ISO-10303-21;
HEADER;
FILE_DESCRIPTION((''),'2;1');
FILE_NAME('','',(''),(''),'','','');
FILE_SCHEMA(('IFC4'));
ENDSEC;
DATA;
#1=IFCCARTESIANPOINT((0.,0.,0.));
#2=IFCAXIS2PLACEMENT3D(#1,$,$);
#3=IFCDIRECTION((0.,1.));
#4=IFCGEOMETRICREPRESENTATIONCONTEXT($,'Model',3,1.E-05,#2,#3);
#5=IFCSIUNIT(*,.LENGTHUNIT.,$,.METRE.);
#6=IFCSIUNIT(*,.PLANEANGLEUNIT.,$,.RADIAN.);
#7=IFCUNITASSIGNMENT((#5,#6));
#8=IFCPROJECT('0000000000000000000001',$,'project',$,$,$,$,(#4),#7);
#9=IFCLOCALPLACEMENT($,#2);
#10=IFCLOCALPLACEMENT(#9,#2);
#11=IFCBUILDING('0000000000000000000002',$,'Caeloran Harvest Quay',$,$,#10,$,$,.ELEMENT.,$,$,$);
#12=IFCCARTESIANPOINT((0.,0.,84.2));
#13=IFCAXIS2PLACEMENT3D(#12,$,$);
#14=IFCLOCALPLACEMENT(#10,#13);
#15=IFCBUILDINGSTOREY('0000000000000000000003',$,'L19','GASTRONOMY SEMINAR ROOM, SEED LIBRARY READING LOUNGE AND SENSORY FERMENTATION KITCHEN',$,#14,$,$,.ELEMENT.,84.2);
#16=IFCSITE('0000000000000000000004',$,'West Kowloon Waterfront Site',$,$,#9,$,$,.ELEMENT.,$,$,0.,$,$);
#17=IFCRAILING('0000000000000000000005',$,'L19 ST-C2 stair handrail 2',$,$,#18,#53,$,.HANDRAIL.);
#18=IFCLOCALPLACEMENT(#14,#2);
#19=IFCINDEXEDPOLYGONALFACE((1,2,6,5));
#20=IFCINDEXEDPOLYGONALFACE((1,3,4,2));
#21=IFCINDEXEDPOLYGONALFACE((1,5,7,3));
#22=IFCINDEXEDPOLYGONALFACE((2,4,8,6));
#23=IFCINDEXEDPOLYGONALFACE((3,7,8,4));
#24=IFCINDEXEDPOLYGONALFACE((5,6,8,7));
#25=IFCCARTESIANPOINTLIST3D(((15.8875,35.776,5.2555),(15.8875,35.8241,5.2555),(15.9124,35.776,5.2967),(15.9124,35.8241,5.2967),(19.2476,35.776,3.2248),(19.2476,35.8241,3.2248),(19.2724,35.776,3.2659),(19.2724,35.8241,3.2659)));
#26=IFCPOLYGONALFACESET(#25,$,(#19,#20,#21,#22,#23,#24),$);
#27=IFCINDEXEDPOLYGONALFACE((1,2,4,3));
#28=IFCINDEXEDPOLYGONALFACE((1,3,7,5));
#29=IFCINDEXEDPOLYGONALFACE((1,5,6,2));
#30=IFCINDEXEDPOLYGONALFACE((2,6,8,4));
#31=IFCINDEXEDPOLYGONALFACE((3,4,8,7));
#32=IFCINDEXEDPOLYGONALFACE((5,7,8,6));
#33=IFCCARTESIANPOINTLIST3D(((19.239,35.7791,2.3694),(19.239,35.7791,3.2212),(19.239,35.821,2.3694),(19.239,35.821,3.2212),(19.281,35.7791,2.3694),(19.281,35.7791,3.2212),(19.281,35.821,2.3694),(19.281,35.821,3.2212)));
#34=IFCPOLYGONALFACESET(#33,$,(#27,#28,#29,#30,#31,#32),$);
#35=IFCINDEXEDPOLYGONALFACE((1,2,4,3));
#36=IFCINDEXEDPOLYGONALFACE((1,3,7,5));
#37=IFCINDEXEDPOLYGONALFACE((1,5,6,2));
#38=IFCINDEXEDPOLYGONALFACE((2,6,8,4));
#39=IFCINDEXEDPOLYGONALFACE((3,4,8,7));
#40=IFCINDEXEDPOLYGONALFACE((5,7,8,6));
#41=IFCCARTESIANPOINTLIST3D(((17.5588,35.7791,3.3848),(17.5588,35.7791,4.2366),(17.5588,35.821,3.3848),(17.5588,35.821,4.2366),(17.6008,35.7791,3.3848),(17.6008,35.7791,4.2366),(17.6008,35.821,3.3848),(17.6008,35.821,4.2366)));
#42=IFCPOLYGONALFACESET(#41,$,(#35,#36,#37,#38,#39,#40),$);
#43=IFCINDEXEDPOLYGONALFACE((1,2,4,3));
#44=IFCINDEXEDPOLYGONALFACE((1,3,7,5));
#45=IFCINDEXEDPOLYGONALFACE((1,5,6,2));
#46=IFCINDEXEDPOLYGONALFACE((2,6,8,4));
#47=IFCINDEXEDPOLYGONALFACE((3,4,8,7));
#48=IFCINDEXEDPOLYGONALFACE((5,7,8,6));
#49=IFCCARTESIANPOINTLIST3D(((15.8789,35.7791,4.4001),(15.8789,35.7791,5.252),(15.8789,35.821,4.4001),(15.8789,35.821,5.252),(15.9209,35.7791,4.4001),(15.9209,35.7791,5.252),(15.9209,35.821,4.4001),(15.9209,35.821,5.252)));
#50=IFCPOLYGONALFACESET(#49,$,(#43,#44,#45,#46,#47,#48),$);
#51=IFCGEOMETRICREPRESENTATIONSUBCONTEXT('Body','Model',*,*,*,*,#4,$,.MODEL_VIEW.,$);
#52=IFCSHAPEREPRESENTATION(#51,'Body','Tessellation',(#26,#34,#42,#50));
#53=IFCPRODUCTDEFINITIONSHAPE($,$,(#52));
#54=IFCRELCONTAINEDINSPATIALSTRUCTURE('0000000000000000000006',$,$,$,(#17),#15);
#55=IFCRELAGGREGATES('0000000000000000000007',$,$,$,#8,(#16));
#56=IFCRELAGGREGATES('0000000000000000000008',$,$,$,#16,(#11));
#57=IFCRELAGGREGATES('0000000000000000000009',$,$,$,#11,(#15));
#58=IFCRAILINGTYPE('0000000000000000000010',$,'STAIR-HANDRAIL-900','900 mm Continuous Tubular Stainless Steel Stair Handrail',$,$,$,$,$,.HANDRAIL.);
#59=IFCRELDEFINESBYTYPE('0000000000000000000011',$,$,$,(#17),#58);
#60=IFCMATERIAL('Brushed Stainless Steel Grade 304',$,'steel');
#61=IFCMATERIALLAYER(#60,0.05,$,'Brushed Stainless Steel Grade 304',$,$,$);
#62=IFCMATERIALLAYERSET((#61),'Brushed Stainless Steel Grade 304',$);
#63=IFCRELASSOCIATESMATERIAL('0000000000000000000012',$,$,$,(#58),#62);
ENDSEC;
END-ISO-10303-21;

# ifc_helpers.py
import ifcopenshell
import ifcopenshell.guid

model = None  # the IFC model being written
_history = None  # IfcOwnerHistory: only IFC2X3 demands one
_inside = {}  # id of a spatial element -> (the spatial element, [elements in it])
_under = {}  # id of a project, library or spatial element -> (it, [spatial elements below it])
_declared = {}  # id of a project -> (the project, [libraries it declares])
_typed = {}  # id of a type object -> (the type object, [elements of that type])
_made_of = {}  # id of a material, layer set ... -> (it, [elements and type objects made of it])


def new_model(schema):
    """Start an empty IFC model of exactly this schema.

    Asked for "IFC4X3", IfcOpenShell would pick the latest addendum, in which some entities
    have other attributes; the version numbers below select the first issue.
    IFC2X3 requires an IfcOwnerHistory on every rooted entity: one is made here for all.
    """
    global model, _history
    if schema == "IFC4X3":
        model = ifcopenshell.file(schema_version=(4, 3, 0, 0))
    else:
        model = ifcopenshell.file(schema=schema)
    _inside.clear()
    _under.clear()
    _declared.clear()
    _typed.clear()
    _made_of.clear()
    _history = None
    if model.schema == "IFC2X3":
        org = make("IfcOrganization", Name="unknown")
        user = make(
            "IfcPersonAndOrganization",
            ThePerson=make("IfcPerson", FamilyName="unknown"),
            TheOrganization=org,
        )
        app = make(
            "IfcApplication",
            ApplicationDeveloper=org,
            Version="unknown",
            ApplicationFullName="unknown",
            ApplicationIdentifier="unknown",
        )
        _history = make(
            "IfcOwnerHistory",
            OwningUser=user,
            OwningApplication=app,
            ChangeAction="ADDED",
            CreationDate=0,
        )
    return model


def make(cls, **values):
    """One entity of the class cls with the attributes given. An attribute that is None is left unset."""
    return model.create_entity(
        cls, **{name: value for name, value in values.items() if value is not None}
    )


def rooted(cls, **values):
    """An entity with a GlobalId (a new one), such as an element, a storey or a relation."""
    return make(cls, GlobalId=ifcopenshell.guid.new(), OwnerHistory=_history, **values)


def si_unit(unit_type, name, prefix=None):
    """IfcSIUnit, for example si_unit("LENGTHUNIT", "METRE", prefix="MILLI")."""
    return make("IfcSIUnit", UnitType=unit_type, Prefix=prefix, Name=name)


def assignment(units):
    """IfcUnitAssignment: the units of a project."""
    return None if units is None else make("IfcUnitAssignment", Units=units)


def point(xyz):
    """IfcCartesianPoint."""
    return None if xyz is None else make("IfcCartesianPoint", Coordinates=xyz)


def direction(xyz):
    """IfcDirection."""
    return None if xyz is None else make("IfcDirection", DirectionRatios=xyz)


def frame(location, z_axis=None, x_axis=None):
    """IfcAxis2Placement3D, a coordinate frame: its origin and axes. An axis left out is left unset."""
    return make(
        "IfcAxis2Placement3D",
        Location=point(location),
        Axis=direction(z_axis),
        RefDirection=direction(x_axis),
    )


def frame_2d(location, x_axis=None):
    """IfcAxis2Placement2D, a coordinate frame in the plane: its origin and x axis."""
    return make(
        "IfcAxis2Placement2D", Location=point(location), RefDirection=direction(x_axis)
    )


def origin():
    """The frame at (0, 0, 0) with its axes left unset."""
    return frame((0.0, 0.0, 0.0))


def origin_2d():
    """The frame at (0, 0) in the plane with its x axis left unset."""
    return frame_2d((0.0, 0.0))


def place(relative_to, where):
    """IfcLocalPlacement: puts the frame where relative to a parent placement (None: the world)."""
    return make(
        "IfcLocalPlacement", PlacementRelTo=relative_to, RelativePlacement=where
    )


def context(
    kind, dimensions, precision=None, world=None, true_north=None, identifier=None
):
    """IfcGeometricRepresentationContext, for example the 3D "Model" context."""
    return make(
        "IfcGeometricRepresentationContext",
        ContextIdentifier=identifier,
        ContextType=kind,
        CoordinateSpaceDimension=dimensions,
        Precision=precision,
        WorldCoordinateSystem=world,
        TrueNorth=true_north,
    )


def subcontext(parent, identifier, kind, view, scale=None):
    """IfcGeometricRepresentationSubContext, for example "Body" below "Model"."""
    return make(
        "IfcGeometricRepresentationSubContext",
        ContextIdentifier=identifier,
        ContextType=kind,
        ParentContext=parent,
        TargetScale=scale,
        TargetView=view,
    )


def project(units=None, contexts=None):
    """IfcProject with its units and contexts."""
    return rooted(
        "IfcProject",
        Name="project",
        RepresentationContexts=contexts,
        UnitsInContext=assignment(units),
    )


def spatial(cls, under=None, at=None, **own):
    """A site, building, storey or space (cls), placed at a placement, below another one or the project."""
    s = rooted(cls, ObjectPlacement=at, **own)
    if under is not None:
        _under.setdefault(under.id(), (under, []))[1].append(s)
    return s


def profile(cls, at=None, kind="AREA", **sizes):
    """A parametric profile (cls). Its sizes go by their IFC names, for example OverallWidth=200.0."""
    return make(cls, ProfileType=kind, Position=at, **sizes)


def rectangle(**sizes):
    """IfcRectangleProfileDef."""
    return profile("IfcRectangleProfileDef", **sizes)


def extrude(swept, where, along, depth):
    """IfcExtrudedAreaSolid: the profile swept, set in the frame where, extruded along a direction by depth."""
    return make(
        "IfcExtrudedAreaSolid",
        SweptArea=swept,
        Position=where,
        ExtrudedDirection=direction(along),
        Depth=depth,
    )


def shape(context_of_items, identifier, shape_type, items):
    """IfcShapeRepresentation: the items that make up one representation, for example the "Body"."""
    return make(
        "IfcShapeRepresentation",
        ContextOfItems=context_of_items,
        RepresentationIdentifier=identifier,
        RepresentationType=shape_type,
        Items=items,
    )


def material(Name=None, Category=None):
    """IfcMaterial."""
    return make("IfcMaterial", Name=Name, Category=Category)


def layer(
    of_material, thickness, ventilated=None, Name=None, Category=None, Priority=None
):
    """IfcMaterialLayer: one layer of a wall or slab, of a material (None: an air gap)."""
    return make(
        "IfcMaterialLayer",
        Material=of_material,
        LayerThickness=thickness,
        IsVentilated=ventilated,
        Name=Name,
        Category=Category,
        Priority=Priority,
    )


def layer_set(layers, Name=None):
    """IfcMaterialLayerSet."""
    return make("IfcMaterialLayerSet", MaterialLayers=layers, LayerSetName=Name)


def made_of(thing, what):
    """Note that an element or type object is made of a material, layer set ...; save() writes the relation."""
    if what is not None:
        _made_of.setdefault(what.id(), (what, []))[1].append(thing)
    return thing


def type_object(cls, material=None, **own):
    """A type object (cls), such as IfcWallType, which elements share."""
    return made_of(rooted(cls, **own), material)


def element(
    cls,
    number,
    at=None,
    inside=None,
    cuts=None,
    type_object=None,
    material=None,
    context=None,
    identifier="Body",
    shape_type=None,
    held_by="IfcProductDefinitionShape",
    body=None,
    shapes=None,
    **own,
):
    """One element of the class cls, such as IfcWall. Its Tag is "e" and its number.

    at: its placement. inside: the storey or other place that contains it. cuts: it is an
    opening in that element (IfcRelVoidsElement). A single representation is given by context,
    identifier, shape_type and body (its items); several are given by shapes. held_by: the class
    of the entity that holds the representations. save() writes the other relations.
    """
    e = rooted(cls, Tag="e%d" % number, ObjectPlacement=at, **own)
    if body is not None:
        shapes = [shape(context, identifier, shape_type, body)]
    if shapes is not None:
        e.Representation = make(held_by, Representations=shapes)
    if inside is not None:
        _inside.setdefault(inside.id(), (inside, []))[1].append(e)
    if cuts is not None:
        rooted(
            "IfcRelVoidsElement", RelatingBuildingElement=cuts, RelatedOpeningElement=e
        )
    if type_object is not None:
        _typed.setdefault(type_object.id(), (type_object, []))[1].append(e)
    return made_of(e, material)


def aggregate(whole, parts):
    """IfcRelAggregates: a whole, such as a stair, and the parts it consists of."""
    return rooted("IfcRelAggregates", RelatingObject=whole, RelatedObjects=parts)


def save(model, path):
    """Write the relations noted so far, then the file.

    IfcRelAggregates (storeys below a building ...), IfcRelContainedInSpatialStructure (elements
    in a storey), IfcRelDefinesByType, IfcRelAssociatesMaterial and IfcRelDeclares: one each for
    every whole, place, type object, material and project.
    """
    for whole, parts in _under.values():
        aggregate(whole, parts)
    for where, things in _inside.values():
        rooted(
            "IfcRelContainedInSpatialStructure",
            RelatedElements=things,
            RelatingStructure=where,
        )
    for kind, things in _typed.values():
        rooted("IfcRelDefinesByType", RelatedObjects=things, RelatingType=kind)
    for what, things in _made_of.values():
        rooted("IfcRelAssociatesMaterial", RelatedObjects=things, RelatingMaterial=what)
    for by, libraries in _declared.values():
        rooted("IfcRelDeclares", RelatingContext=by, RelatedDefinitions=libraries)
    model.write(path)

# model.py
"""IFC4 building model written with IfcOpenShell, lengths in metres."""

from ifc_helpers import new_model, si_unit, direction, frame, origin, origin_2d, place, context, subcontext, project, spatial, rectangle, extrude, material, layer, layer_set, type_object, element, save


model = new_model("IFC4")

# Units and contexts
model_context = context("Model", 3, precision=1e-05, world=origin(), true_north=direction((0.0, 1.0)))
body_context = subcontext(model_context, "Body", "Model", "MODEL_VIEW")
ifc_project = project(units=[si_unit("LENGTHUNIT", "METRE"), si_unit("PLANEANGLEUNIT", "RADIAN")], contexts=[model_context])

# Site, building, storey
site_placement = place(None, origin())
site = spatial("IfcSite", under=ifc_project, at=site_placement, Name="West Kowloon Waterfront Site", CompositionType="ELEMENT", RefElevation=0.0)
building_placement = place(site_placement, origin())
building = spatial("IfcBuilding", under=site, at=building_placement, Name="Caeloran Harvest Quay", CompositionType="ELEMENT")
storey_placement = place(building_placement, frame((0.0, 0.0, 84.2)))
storey = spatial("IfcBuildingStorey", under=building, at=storey_placement, Name="L19", Description="GASTRONOMY SEMINAR ROOM, SEED LIBRARY READING LOUNGE AND SENSORY FERMENTATION KITCHEN", CompositionType="ELEMENT", Elevation=84.2)

# Railing
ifc_material_1 = material(Name="Brushed Stainless Steel Grade 304", Category="steel")
ifc_layer_1 = layer(ifc_material_1, 0.05, Name="Brushed Stainless Steel Grade 304")
ifc_layer_set_1 = layer_set([ifc_layer_1], Name="Brushed Stainless Steel Grade 304")
railing_type_1 = type_object("IfcRailingType", Name="STAIR-HANDRAIL-900", Description="900 mm Continuous Tubular Stainless Steel Stair Handrail", PredefinedType="HANDRAIL", material=ifc_layer_set_1)
for number, where, name in (
    (1, (19.26, 35.8, 2.3694), "L19 ST-C2 stair handrail 2"),
):
    element("IfcRailing", number, at=place(storey_placement, frame(where)), inside=storey, type_object=railing_type_1, Name=name, PredefinedType="HANDRAIL", context=body_context, shape_type="SweptSolid", body=[
        extrude(rectangle(XDim=0.0481, YDim=0.0481, at=origin_2d()), frame((0.0, 0.0, 0.876), z_axis=(-0.855837, 0.0, 0.517246), x_axis=(0.0, -1.0, 0.0)), (0.0, 0.0, 1.0), 3.926),
        extrude(rectangle(XDim=0.042, YDim=0.042, at=origin_2d()), origin(), (0.0, 0.0, 1.0), 0.8518),
        extrude(rectangle(XDim=0.042, YDim=0.042, at=origin_2d()), frame((-1.6802, 0.0, 1.0154)), (0.0, 0.0, 1.0), 0.8518),
        extrude(rectangle(XDim=0.042, YDim=0.042, at=origin_2d()), frame((-3.3601, 0.0, 2.0308)), (0.0, 0.0, 1.0), 0.8518),
    ])

save(model, "model.ifc")
